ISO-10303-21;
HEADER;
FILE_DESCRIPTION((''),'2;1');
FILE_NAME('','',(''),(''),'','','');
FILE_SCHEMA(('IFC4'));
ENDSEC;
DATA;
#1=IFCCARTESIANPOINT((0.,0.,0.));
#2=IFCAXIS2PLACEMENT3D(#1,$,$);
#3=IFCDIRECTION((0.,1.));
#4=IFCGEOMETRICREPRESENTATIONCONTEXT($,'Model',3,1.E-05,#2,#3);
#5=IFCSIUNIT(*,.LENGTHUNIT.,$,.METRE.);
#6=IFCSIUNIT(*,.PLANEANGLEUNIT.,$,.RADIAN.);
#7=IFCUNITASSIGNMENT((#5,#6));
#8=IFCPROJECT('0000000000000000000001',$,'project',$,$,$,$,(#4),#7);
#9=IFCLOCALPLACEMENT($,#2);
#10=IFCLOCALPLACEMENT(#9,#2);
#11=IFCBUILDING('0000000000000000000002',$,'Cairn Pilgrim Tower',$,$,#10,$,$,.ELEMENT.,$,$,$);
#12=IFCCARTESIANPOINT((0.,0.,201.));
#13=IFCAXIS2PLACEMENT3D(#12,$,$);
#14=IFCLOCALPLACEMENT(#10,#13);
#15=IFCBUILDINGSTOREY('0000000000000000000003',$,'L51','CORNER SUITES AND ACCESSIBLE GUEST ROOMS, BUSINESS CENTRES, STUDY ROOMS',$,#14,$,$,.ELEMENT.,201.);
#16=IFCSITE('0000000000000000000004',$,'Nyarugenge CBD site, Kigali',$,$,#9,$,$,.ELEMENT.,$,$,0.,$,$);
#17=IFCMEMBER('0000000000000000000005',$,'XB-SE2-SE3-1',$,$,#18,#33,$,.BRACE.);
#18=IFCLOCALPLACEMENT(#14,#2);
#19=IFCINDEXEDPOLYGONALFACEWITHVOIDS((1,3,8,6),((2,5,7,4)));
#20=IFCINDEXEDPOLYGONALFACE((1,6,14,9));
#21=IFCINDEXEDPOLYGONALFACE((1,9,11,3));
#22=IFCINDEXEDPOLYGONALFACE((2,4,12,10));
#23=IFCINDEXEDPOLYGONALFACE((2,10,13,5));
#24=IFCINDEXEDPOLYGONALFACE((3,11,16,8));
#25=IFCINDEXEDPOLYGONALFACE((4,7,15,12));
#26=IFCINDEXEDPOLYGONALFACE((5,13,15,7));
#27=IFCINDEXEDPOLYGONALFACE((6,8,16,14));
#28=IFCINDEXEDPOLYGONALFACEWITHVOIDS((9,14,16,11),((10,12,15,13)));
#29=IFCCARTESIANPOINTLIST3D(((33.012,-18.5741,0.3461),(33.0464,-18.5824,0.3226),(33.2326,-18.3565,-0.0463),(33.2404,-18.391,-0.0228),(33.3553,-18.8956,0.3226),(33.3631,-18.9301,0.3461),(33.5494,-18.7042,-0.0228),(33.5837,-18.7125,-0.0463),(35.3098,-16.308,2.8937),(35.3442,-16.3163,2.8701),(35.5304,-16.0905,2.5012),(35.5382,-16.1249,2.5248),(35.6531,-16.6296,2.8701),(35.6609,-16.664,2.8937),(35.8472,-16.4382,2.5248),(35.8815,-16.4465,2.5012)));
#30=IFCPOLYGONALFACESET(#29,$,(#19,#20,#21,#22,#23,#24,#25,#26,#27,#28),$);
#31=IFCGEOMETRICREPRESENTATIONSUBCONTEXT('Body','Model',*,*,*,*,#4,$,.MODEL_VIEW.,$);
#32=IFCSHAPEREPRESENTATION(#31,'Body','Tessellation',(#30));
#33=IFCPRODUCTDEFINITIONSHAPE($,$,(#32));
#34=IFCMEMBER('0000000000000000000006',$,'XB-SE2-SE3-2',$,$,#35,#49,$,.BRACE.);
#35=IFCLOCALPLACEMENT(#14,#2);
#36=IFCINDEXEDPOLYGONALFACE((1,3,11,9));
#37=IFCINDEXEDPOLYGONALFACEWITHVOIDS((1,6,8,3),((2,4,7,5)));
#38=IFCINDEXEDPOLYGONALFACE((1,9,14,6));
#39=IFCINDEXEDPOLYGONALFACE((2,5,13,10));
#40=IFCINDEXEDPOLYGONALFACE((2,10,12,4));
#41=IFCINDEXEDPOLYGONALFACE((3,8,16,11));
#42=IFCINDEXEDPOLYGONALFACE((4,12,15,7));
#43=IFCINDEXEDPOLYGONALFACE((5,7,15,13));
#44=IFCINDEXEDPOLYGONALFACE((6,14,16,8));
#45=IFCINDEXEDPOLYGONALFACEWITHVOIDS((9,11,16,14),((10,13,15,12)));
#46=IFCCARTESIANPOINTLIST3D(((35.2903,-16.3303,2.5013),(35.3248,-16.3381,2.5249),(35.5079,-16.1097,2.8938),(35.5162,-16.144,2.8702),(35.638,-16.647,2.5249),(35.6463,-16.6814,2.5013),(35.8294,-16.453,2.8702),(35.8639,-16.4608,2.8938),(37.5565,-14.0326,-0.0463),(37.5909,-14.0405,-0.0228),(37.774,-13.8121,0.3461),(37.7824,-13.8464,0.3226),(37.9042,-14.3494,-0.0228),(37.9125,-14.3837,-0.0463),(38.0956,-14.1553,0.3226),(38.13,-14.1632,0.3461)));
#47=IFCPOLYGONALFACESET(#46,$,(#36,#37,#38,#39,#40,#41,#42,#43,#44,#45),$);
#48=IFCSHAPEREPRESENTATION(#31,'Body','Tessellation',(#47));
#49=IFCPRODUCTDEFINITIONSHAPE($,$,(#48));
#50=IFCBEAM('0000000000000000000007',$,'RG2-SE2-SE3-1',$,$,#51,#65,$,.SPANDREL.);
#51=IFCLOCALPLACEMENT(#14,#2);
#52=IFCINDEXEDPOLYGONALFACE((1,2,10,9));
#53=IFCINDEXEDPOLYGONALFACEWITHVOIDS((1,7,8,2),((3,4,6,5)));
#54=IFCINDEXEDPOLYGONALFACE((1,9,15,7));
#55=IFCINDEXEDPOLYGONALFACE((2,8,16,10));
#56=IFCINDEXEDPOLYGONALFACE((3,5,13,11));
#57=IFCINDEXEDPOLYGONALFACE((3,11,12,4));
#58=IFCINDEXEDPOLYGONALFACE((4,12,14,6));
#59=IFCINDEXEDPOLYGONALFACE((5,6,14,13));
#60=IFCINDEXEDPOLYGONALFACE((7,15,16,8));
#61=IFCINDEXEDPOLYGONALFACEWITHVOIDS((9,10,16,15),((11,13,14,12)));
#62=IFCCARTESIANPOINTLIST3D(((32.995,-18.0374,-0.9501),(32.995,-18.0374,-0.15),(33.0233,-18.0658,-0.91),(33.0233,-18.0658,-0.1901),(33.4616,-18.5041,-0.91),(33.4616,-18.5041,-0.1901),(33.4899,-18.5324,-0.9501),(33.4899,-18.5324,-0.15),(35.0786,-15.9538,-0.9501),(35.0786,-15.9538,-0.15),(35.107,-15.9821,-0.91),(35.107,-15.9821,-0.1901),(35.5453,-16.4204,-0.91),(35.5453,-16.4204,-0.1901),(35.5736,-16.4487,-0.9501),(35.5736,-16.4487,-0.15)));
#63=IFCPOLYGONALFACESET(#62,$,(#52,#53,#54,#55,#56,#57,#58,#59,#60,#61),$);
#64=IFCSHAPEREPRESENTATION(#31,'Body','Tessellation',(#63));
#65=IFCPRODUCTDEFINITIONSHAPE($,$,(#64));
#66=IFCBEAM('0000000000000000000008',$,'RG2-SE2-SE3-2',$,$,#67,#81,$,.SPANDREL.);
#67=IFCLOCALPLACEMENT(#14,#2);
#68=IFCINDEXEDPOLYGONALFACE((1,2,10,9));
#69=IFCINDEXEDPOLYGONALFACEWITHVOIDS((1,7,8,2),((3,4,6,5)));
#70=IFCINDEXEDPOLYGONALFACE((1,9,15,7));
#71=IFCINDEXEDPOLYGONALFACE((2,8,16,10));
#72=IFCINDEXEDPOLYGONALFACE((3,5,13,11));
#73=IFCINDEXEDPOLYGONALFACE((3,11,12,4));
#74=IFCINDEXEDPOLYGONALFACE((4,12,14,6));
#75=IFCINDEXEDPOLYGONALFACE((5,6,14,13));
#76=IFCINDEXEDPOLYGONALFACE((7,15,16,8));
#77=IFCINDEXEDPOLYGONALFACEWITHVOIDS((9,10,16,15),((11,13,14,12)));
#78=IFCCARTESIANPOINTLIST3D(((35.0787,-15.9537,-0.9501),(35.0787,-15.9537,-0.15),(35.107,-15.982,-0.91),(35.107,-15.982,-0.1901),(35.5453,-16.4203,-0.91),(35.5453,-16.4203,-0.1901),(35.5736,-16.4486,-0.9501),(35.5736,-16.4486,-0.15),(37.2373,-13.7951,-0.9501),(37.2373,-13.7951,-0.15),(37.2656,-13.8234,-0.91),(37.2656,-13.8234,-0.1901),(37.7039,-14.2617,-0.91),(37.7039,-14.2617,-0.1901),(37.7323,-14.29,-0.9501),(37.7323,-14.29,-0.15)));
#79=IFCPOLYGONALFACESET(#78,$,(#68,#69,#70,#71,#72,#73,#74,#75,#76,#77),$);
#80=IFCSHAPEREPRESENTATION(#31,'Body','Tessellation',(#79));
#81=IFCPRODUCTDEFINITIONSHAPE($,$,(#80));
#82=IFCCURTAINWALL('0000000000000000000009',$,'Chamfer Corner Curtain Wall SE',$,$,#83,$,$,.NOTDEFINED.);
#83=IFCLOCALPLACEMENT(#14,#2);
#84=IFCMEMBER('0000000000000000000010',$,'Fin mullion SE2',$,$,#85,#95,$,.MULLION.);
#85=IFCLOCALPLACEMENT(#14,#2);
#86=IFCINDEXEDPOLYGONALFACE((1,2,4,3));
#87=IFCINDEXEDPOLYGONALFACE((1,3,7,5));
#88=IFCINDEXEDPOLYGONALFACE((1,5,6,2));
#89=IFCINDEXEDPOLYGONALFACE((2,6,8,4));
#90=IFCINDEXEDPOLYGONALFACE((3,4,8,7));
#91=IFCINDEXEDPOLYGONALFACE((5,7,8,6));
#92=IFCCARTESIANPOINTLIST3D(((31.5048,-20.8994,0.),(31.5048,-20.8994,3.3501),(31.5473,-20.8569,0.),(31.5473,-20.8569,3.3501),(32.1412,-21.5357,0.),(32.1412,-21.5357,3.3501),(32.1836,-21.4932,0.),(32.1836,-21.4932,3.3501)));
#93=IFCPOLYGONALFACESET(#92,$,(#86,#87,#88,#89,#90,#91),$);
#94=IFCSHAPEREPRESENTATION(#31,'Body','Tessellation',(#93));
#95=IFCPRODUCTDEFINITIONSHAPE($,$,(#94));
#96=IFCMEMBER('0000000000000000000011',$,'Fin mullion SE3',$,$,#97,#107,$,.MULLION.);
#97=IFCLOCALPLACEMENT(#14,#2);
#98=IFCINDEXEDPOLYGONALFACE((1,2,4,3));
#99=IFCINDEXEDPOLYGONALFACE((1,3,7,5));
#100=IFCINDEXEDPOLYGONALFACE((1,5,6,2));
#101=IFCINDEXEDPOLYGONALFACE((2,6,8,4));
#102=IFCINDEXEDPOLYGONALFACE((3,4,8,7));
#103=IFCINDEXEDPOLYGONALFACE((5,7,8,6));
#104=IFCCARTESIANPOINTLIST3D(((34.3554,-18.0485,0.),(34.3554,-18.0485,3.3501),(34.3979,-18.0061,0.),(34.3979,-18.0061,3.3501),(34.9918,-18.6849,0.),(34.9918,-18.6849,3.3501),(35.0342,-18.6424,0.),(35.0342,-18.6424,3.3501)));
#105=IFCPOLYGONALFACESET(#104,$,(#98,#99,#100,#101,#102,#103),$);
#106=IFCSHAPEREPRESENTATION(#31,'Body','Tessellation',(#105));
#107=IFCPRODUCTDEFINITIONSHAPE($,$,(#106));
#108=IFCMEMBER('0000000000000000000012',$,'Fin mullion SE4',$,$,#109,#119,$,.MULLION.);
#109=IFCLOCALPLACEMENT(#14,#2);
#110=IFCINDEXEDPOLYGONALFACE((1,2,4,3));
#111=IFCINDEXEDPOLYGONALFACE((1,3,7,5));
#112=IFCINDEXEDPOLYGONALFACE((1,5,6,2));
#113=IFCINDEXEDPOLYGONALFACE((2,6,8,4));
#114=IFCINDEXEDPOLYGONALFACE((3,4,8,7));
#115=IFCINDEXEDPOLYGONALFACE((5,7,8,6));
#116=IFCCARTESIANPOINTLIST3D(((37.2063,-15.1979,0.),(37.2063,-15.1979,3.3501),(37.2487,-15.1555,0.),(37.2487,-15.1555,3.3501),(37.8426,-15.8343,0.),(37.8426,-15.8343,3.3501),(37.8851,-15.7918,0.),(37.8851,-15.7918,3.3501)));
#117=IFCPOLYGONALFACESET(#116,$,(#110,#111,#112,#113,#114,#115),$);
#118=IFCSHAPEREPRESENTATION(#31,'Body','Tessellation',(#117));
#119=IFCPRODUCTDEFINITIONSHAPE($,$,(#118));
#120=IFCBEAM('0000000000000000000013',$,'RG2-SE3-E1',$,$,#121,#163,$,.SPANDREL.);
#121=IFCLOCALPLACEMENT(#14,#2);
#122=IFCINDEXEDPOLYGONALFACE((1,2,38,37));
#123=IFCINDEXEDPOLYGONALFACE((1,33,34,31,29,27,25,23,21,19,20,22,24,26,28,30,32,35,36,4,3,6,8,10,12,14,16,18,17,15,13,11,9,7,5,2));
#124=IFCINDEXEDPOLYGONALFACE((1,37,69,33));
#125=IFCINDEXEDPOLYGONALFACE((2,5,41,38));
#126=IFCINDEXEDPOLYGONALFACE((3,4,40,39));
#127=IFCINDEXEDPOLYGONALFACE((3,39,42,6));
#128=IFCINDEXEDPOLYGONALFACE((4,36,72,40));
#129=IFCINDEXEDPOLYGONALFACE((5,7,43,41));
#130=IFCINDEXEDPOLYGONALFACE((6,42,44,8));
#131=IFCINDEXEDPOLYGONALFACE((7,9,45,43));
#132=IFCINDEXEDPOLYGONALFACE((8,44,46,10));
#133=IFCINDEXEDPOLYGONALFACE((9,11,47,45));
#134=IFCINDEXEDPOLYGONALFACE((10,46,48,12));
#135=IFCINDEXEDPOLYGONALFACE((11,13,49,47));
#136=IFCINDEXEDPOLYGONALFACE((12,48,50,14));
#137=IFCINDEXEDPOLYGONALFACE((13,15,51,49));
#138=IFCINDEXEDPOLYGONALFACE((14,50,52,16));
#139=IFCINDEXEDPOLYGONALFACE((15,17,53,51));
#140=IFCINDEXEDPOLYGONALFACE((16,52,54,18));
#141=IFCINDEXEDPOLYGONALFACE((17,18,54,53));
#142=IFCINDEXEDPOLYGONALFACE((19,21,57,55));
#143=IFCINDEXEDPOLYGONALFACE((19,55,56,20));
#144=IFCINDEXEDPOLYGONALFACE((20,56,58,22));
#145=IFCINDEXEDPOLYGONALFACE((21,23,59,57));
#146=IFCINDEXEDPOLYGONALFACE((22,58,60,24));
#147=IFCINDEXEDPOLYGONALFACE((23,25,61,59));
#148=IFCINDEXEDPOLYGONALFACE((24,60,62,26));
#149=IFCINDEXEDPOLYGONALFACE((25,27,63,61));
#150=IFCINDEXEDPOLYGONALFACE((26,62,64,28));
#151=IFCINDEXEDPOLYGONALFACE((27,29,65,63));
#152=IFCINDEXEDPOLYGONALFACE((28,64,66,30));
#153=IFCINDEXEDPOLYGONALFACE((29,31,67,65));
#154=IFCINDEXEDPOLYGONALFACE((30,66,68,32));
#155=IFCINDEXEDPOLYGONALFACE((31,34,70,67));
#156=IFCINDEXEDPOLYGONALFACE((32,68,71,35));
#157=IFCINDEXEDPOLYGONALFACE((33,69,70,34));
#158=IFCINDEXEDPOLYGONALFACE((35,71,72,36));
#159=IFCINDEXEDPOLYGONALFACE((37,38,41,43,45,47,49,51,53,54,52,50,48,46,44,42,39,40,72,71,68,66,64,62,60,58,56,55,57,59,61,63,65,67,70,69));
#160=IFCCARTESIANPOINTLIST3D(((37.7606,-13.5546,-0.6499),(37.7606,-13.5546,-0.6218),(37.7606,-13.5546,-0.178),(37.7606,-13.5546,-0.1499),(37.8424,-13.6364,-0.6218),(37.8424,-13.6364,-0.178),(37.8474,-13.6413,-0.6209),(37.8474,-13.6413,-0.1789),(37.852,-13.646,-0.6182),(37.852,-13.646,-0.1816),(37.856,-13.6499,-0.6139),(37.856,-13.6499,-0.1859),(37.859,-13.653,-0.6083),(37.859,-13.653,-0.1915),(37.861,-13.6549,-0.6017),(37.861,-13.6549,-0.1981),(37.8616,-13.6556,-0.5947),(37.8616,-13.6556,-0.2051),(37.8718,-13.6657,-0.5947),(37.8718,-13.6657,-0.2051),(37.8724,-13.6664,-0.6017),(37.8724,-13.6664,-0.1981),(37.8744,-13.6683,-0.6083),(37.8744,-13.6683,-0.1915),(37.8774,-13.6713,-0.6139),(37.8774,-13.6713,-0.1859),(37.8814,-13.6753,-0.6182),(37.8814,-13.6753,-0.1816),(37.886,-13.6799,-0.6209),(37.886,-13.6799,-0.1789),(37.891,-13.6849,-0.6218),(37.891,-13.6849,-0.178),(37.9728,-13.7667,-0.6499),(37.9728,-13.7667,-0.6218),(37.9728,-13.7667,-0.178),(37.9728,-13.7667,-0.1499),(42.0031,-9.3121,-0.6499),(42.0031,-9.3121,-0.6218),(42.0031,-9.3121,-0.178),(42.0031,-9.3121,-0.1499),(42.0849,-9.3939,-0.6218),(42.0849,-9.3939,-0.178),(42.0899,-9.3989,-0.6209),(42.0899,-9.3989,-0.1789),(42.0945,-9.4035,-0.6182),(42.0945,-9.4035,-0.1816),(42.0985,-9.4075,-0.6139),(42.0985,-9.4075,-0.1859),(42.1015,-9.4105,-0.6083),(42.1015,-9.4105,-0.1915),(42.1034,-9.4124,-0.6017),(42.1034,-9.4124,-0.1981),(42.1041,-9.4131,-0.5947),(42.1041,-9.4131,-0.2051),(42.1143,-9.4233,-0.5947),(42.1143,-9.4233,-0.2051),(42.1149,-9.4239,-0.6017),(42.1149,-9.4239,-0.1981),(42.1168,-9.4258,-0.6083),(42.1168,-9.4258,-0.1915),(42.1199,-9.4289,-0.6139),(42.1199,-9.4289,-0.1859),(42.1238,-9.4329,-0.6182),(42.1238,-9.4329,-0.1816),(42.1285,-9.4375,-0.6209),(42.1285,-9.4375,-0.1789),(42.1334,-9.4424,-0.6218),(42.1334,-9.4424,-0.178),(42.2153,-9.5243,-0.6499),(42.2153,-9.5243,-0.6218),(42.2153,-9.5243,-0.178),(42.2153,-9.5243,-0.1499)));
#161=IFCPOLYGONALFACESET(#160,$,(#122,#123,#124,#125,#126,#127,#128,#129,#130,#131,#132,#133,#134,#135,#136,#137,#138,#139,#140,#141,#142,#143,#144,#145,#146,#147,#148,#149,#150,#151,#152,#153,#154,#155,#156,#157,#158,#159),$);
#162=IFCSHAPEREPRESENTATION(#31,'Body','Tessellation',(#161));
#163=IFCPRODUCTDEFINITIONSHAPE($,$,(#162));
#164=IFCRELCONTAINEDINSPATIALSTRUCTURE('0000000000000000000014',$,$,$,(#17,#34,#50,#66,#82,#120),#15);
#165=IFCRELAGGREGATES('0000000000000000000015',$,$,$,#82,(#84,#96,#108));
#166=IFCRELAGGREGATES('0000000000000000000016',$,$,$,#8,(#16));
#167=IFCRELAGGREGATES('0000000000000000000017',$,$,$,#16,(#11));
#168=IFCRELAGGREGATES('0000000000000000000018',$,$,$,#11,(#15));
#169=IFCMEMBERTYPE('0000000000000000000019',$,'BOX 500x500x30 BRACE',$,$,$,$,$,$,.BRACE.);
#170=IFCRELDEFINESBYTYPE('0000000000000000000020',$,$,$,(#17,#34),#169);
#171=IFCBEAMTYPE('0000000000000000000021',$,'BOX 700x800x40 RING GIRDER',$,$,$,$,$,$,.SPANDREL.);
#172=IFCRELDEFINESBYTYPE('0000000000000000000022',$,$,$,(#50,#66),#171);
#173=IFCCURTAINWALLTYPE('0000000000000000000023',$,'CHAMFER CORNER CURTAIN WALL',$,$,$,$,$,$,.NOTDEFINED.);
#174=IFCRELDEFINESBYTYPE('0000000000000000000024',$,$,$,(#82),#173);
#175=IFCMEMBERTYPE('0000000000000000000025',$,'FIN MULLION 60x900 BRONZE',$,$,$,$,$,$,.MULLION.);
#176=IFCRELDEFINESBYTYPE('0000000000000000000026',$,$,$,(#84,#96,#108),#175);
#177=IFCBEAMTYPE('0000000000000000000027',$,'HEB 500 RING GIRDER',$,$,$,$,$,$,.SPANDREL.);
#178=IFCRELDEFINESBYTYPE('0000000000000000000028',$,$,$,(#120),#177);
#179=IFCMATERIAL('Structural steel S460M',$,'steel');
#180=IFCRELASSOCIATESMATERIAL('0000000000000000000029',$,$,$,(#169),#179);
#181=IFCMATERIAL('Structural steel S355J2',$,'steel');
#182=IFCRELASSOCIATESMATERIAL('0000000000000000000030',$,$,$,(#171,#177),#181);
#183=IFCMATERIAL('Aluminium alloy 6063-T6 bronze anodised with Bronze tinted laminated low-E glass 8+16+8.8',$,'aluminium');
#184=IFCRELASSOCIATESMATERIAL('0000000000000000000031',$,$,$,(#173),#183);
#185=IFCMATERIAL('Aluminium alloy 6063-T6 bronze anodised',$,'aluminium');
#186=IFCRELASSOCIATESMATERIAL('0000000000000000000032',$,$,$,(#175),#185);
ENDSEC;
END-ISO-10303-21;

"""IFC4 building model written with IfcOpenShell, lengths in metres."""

from ifc_helpers import new_model, si_unit, direction, frame, origin, origin_2d, place, context, subcontext, project, spatial, rectangle, hollow_rectangle, i_section, extrude, material, material_profile, profile_set, type_object, element, aggregate, save


model = new_model("IFC4")

# Units and contexts
model_context = context("Model", 3, precision=1e-05, world=origin(), true_north=direction((0.0, 1.0)))
body_context = subcontext(model_context, "Body", "Model", "MODEL_VIEW")
ifc_project = project(units=[si_unit("LENGTHUNIT", "METRE"), si_unit("PLANEANGLEUNIT", "RADIAN")], contexts=[model_context])

# Site, building, storey
site_placement = place(None, origin())
site = spatial("IfcSite", under=ifc_project, at=site_placement, Name="Nyarugenge CBD site, Kigali", CompositionType="ELEMENT", RefElevation=0.0)
building_placement = place(site_placement, origin())
building = spatial("IfcBuilding", under=site, at=building_placement, Name="Cairn Pilgrim Tower", CompositionType="ELEMENT")
storey_placement = place(building_placement, frame((0.0, 0.0, 201.0)))
storey = spatial("IfcBuildingStorey", under=building, at=storey_placement, Name="L51", Description="CORNER SUITES AND ACCESSIBLE GUEST ROOMS, BUSINESS CENTRES, STUDY ROOMS", CompositionType="ELEMENT", Elevation=201.0)

# Shared definitions
ifc_material_1 = material(Name="Structural steel S460M", Category="steel")

# Members
ifc_material_profile_1 = material_profile(ifc_material_1, hollow_rectangle(XDim=0.5, YDim=0.5, WallThickness=0.03, at=origin_2d()), Name="BOX 500x500x30")
ifc_profile_set_1 = profile_set([ifc_material_profile_1], Name="Structural steel S460M")
member_type_1 = type_object("IfcMemberType", Name="BOX 500x500x30 BRACE", PredefinedType="BRACE", material=ifc_profile_set_1)
for number, where, z_axis, x_axis, name in (
    (1, (33.2979, -18.6433, 0.1499), (0.558863, 0.551144, 0.619607), (-0.702173, 0.712007, 0.0), "XB-SE2-SE3-1"),
    (2, (37.8433, -14.0979, 0.1499), (-0.551162, -0.558822, 0.619627), (0.71197, -0.70221, 0.0), "XB-SE2-SE3-2"),
):
    element("IfcMember", number, at=place(storey_placement, frame(where, z_axis=z_axis, x_axis=x_axis)), inside=storey, type_object=member_type_1, Name=name, PredefinedType="BRACE", context=body_context, shape_type="SweptSolid", body=[
        extrude(hollow_rectangle(XDim=0.5, YDim=0.5, WallThickness=0.03, at=origin_2d()), origin(), (0.0, 0.0, 1.0), 4.1116),
    ])

# Beams
ifc_material_2 = material(Name="Structural steel S355J2", Category="steel")
ifc_material_profile_2 = material_profile(ifc_material_2, hollow_rectangle(XDim=0.7, YDim=0.8, WallThickness=0.04, at=origin_2d()), Name="BOX 700x800x40")
ifc_profile_set_2 = profile_set([ifc_material_profile_2], Name="Structural steel S355J2")
beam_type_1 = type_object("IfcBeamType", Name="BOX 700x800x40 RING GIRDER", PredefinedType="SPANDREL", material=ifc_profile_set_2)
beam_1_placement = place(storey_placement, frame((33.2424, -18.2849, -0.55), z_axis=(0.707107, 0.707107, 0.0), x_axis=(-0.707107, 0.707107, 0.0)))
element("IfcBeam", 3, at=beam_1_placement, inside=storey, type_object=beam_type_1, Name="RG2-SE2-SE3-1", PredefinedType="SPANDREL", context=body_context, shape_type="SweptSolid", body=[
    extrude(hollow_rectangle(XDim=0.7, YDim=0.8, WallThickness=0.04, at=origin_2d()), origin(), (0.0, 0.0, 1.0), 2.9468),
])
beam_2_placement = place(storey_placement, frame((35.3262, -16.2012, -0.55), z_axis=(0.707107, 0.707107, 0.0), x_axis=(-0.707107, 0.707107, 0.0)))
element("IfcBeam", 4, at=beam_2_placement, inside=storey, type_object=beam_type_1, Name="RG2-SE2-SE3-2", PredefinedType="SPANDREL", context=body_context, shape_type="SweptSolid", body=[
    extrude(hollow_rectangle(XDim=0.7, YDim=0.8, WallThickness=0.04, at=origin_2d()), origin(), (0.0, 0.0, 1.0), 3.0527),
])

# Curtain wall, members
ifc_material_3 = material(Name="Aluminium alloy 6063-T6 bronze anodised with Bronze tinted laminated low-E glass 8+16+8.8", Category="aluminium")
curtain_wall_type = type_object("IfcCurtainWallType", Name="CHAMFER CORNER CURTAIN WALL", PredefinedType="NOTDEFINED", material=ifc_material_3)
curtain_wall_placement = place(storey_placement, origin())
curtain_wall = element("IfcCurtainWall", 5, at=curtain_wall_placement, inside=storey, type_object=curtain_wall_type, Name="Chamfer Corner Curtain Wall SE", PredefinedType="NOTDEFINED")
ifc_material_4 = material(Name="Aluminium alloy 6063-T6 bronze anodised", Category="aluminium")
ifc_material_profile_3 = material_profile(ifc_material_4, rectangle(XDim=0.8999, YDim=0.0601, at=origin_2d()), Name="FIN MULLION 60x900 BRONZE")
ifc_profile_set_3 = profile_set([ifc_material_profile_3], Name="Aluminium alloy 6063-T6 bronze anodised")
member_type_2 = type_object("IfcMemberType", Name="FIN MULLION 60x900 BRONZE", PredefinedType="MULLION", material=ifc_profile_set_3)
member_1_placement = place(storey_placement, frame((31.8442, -21.1963, 0.0), z_axis=(0.0, 0.0, 1.0), x_axis=(0.707107, -0.707107, 0.0)))
member_1 = element("IfcMember", 6, at=member_1_placement, type_object=member_type_2, Name="Fin mullion SE2", PredefinedType="MULLION", context=body_context, shape_type="SweptSolid", body=[
    extrude(rectangle(XDim=0.8999, YDim=0.0601, at=origin_2d()), origin(), (0.0, 0.0, 1.0), 3.3501),
])
member_2_placement = place(storey_placement, frame((34.6948, -18.3455, 0.0), z_axis=(0.0, 0.0, 1.0), x_axis=(0.707107, -0.707107, 0.0)))
member_2 = element("IfcMember", 7, at=member_2_placement, type_object=member_type_2, Name="Fin mullion SE3", PredefinedType="MULLION", context=body_context, shape_type="SweptSolid", body=[
    extrude(rectangle(XDim=0.8999, YDim=0.0601, at=origin_2d()), origin(), (0.0, 0.0, 1.0), 3.3501),
])
member_3_placement = place(storey_placement, frame((37.5457, -15.4949, 0.0), z_axis=(0.0, 0.0, 1.0), x_axis=(0.707107, -0.707107, 0.0)))
member_3 = element("IfcMember", 8, at=member_3_placement, type_object=member_type_2, Name="Fin mullion SE4", PredefinedType="MULLION", context=body_context, shape_type="SweptSolid", body=[
    extrude(rectangle(XDim=0.8999, YDim=0.0601, at=origin_2d()), origin(), (0.0, 0.0, 1.0), 3.3501),
])

# Beam
ifc_material_profile_4 = material_profile(ifc_material_2, i_section(OverallWidth=0.3, OverallDepth=0.5, WebThickness=0.0144, FlangeThickness=0.0281, FilletRadius=0.0271, at=origin_2d()), Name="HEB 500")
ifc_profile_set_4 = profile_set([ifc_material_profile_4], Name="Structural steel S355J2")
beam_type_2 = type_object("IfcBeamType", Name="HEB 500 RING GIRDER", PredefinedType="SPANDREL", material=ifc_profile_set_4)
beam_3_placement = place(storey_placement, frame((37.8667, -13.6606, -0.3999), z_axis=(0.707107, 0.707107, 0.0), x_axis=(-0.707107, 0.707107, 0.0)))
element("IfcBeam", 9, at=beam_3_placement, inside=storey, type_object=beam_type_2, Name="RG2-SE3-E1", PredefinedType="SPANDREL", context=body_context, shape_type="SweptSolid", body=[
    extrude(i_section(OverallWidth=0.3, OverallDepth=0.5, WebThickness=0.0144, FlangeThickness=0.0281, FilletRadius=0.0271, at=origin_2d()), origin(), (0.0, 0.0, 1.0), 5.9998),
])

aggregate(curtain_wall, [member_1, member_2, member_3])

save(model, "model.ifc")
